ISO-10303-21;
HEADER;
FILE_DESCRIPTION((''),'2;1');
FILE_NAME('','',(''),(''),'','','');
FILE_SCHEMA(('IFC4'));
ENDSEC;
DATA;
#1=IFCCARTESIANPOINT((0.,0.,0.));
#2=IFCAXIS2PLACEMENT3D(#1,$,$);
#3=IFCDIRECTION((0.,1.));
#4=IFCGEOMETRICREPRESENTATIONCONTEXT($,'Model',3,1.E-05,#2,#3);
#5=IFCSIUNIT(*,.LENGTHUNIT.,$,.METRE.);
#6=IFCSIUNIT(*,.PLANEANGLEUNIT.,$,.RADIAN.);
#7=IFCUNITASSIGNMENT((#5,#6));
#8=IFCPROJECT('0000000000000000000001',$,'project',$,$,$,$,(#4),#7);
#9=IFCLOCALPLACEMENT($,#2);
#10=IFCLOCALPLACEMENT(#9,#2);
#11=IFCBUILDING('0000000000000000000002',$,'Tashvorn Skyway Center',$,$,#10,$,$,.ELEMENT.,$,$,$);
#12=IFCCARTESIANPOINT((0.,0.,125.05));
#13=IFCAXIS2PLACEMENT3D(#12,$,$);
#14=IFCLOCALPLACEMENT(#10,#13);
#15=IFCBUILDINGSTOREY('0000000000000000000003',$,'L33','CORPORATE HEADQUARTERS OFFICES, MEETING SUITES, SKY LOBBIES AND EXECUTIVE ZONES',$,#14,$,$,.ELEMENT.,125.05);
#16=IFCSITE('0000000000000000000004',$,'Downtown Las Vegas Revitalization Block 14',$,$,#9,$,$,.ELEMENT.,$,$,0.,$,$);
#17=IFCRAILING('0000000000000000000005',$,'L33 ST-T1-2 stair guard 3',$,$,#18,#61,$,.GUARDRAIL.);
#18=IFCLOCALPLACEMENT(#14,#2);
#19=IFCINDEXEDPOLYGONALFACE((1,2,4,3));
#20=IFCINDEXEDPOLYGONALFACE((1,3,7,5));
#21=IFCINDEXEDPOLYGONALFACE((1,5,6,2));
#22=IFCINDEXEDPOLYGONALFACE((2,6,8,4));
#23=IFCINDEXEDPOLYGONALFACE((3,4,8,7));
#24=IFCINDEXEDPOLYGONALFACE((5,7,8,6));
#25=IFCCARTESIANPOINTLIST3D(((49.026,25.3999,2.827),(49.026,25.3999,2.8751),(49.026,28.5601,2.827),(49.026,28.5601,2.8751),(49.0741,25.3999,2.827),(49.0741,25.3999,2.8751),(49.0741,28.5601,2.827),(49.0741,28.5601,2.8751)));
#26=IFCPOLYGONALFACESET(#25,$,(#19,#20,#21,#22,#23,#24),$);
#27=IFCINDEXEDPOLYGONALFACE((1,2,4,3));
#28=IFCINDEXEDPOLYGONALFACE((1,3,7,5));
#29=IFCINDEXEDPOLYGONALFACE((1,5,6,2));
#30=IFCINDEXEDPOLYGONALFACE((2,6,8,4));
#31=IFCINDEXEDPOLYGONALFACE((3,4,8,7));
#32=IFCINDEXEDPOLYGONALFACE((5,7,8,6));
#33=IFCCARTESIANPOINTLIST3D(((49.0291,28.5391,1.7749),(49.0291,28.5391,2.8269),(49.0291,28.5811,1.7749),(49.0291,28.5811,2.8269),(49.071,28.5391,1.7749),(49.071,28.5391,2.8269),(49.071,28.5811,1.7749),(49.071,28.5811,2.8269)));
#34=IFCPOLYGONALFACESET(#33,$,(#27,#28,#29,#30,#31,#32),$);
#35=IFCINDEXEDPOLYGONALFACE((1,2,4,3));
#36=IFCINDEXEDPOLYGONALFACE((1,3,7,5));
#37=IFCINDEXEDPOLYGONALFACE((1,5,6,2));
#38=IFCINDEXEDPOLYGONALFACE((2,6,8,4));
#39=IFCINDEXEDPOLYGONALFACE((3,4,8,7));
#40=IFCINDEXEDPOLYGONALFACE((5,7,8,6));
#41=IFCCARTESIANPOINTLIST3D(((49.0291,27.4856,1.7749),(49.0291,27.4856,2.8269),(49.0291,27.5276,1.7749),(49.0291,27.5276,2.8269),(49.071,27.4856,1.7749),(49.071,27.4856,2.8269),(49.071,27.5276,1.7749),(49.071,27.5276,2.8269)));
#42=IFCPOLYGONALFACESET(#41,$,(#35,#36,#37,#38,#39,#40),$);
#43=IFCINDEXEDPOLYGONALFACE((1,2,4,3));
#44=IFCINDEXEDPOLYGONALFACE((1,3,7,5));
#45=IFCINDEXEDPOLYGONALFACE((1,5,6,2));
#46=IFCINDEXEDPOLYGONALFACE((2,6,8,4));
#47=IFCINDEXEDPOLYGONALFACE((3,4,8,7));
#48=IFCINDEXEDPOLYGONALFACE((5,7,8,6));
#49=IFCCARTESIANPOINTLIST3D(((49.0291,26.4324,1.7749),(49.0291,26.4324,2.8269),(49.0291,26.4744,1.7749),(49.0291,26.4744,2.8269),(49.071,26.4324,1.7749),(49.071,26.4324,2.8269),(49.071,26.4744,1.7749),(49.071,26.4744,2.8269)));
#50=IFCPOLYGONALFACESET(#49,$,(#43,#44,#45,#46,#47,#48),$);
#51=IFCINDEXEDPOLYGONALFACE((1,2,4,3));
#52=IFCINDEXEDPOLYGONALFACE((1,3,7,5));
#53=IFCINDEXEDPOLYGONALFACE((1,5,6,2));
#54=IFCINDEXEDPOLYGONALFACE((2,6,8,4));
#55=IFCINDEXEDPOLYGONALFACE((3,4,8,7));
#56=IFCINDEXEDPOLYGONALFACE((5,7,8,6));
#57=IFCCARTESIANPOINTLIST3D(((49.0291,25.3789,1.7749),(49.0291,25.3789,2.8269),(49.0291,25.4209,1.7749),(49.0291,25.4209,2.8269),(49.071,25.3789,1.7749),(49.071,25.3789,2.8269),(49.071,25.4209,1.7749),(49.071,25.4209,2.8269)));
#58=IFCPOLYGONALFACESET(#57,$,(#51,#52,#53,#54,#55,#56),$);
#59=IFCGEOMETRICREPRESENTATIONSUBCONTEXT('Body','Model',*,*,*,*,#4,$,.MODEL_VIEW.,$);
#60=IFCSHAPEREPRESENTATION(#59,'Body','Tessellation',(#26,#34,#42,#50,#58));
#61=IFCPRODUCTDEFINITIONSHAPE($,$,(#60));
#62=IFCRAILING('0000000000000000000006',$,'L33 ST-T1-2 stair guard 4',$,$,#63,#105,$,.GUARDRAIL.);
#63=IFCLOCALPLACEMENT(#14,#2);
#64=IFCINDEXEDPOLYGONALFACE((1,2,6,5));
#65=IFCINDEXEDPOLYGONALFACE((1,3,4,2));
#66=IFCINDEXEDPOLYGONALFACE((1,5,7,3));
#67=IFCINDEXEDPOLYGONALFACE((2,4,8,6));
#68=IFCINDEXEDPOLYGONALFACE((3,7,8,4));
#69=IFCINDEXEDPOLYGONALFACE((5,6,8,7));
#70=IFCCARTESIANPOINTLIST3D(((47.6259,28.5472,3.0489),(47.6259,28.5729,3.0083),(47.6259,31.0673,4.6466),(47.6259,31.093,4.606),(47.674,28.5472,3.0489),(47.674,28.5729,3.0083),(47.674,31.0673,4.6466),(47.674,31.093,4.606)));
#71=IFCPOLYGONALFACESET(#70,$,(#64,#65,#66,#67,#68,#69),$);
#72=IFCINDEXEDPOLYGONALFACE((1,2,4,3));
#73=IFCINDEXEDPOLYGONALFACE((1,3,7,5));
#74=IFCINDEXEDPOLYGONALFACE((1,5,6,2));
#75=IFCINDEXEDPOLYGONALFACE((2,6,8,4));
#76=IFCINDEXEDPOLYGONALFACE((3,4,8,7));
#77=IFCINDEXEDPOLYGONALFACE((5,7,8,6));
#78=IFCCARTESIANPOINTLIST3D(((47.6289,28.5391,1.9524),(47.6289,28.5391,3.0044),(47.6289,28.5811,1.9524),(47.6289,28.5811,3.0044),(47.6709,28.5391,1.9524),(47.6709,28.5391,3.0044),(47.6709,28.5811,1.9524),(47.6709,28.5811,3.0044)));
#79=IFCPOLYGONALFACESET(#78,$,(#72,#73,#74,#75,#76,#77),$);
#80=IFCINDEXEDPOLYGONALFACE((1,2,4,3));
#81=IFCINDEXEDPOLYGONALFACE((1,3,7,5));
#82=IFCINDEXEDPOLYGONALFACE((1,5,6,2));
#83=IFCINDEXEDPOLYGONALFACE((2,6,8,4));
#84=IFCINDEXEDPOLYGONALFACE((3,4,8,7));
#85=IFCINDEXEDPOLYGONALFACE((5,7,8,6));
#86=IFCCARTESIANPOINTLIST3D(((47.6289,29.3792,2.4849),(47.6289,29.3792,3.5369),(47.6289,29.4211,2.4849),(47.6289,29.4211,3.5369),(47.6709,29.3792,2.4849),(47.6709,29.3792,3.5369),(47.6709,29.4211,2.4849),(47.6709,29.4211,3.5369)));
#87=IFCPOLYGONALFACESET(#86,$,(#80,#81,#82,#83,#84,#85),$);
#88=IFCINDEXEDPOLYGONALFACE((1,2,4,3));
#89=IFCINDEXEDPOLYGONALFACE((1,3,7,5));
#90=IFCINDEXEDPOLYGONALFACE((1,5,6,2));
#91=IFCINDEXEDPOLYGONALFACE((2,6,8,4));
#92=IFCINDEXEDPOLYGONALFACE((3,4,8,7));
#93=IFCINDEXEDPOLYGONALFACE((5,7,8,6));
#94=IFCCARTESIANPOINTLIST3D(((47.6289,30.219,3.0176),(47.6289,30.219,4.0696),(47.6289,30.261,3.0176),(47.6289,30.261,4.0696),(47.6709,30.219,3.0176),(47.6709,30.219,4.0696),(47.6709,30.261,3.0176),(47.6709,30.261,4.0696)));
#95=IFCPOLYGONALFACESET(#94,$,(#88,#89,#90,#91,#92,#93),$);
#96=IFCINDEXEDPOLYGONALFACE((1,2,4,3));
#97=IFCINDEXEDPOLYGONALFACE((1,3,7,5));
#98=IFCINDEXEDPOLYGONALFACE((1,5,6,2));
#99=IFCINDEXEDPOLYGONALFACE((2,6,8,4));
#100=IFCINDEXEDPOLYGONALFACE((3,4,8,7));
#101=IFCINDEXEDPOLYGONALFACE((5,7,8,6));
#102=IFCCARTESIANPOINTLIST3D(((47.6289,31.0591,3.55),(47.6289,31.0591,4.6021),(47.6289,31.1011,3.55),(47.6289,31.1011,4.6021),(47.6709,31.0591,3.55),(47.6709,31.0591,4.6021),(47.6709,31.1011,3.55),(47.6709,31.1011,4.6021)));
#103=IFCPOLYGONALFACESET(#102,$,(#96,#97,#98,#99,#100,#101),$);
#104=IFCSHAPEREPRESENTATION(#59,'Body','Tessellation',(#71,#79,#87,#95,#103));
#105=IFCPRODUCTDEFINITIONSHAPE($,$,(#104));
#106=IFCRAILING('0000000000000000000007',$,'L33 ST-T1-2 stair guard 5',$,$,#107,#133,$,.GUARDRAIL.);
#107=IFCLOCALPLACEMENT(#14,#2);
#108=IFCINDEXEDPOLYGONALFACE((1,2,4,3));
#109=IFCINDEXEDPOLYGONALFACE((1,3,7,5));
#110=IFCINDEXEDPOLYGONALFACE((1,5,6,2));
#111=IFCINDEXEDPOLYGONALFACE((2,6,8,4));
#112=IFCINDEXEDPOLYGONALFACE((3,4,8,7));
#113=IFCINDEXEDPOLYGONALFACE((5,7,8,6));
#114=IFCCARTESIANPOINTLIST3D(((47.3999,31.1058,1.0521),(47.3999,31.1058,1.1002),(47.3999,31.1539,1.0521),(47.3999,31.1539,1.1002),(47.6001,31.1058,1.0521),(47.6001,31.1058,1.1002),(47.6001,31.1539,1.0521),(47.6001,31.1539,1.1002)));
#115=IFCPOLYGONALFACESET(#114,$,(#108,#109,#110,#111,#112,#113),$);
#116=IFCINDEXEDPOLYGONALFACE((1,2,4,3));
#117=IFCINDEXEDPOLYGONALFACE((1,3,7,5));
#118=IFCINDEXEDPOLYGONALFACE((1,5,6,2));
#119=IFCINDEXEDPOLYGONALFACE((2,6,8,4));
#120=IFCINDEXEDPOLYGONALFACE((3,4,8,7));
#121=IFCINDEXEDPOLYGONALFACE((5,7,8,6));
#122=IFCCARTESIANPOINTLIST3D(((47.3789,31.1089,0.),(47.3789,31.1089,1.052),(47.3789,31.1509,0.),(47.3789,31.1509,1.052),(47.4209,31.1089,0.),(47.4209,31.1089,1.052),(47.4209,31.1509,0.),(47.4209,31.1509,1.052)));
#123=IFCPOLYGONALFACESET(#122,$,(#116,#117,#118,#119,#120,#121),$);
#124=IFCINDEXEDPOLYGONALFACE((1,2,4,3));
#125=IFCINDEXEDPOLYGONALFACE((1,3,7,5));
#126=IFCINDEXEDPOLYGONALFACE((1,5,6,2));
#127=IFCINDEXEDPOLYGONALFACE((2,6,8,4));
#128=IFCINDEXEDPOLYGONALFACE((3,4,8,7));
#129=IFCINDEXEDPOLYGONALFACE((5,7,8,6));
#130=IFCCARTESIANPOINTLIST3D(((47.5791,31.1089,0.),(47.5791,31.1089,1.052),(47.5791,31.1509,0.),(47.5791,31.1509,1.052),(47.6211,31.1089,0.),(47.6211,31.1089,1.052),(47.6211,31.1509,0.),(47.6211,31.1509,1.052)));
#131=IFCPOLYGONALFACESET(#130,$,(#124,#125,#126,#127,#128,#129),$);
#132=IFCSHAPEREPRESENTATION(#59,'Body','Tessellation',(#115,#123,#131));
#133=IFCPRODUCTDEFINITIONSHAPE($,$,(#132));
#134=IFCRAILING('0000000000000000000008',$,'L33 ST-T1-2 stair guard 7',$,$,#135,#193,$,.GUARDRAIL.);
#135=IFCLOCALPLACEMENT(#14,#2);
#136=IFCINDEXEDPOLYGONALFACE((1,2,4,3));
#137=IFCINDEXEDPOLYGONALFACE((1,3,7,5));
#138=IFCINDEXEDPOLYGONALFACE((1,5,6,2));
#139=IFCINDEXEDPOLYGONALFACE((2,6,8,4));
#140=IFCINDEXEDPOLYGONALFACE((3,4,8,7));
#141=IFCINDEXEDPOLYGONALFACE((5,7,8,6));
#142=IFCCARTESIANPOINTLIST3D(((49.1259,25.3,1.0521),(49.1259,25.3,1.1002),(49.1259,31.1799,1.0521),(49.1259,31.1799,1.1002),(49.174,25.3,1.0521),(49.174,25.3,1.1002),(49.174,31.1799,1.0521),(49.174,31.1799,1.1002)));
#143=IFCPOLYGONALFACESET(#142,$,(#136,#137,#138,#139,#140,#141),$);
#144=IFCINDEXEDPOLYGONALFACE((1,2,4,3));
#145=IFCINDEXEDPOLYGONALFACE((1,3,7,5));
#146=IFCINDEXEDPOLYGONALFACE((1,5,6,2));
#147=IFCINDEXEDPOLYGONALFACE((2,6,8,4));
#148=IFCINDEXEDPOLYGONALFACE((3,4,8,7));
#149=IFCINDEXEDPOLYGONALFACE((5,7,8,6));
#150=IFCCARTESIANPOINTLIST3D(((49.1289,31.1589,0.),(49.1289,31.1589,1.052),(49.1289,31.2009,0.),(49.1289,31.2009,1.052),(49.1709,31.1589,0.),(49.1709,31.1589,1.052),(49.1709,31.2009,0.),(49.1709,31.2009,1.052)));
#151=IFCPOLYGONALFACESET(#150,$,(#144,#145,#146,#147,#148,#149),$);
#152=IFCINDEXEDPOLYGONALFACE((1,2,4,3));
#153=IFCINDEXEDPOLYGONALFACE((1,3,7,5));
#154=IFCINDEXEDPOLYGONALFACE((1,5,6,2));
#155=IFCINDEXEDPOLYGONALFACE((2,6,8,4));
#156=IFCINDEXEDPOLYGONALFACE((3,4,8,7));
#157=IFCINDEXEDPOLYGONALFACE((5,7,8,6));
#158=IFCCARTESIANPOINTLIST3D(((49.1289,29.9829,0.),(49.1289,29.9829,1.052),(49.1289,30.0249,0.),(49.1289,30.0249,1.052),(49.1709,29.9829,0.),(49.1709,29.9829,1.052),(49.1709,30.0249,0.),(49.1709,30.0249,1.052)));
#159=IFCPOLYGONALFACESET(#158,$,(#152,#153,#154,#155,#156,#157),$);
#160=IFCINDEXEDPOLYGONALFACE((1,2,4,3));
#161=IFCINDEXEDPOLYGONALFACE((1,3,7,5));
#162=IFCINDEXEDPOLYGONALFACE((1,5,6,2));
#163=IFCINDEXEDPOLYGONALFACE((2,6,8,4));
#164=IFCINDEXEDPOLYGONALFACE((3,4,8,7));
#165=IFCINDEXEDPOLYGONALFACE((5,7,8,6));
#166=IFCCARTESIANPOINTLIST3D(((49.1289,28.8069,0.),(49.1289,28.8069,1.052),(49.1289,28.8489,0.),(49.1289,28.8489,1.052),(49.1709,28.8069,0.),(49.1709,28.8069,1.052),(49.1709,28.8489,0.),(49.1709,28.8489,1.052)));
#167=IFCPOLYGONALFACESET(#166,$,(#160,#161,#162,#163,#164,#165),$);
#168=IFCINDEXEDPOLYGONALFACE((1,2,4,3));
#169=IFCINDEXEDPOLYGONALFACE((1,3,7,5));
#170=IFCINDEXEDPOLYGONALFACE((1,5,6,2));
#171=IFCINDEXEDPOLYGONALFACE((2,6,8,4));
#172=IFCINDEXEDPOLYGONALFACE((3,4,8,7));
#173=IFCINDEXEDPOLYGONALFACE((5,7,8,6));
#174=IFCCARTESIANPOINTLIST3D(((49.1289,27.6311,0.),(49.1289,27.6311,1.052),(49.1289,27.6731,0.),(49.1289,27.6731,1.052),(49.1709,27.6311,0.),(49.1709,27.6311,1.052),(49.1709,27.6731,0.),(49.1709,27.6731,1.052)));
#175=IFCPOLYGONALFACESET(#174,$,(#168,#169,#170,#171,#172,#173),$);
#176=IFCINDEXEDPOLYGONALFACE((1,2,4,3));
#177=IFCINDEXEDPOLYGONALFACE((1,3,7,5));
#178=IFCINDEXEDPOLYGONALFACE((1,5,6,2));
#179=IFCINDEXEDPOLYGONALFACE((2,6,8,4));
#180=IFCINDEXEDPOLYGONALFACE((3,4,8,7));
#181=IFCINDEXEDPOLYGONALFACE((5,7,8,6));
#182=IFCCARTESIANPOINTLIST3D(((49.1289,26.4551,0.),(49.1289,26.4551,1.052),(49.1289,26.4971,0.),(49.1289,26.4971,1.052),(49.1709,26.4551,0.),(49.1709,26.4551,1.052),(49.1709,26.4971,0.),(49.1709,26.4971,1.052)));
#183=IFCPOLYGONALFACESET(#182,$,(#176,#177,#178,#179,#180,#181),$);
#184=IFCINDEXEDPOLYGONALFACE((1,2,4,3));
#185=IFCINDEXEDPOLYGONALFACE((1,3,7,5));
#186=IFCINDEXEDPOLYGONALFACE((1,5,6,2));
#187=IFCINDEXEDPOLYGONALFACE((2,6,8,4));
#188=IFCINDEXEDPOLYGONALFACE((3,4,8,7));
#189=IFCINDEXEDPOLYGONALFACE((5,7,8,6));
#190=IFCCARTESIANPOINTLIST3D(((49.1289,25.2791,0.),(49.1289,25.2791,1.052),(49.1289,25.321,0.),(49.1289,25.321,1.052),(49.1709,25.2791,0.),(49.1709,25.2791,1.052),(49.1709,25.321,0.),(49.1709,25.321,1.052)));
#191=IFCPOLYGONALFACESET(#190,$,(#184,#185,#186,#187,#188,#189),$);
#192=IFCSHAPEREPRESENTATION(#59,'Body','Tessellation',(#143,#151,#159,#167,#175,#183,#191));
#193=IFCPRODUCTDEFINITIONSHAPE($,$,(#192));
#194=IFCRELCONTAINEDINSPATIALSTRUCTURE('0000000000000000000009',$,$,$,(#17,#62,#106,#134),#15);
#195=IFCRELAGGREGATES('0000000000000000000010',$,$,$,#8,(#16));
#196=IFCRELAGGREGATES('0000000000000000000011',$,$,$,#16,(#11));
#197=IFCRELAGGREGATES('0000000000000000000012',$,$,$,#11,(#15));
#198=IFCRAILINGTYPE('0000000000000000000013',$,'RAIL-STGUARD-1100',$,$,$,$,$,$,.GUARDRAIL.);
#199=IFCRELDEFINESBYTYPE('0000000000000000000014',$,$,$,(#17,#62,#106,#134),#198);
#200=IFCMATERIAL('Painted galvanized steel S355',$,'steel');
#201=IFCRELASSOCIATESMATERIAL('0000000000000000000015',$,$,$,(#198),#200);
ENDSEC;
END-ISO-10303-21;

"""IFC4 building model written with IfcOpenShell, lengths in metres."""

from ifc_helpers import new_model, si_unit, direction, frame, origin, origin_2d, place, context, subcontext, project, spatial, rectangle, extrude, material, type_object, element, save


model = new_model("IFC4")

# Units and contexts
model_context = context("Model", 3, precision=1e-05, world=origin(), true_north=direction((0.0, 1.0)))
body_context = subcontext(model_context, "Body", "Model", "MODEL_VIEW")
ifc_project = project(units=[si_unit("LENGTHUNIT", "METRE"), si_unit("PLANEANGLEUNIT", "RADIAN")], contexts=[model_context])

# Site, building, storey
site_placement = place(None, origin())
site = spatial("IfcSite", under=ifc_project, at=site_placement, Name="Downtown Las Vegas Revitalization Block 14", CompositionType="ELEMENT", RefElevation=0.0)
building_placement = place(site_placement, origin())
building = spatial("IfcBuilding", under=site, at=building_placement, Name="Tashvorn Skyway Center", CompositionType="ELEMENT")
storey_placement = place(building_placement, frame((0.0, 0.0, 125.05)))
storey = spatial("IfcBuildingStorey", under=building, at=storey_placement, Name="L33", Description="CORPORATE HEADQUARTERS OFFICES, MEETING SUITES, SKY LOBBIES AND EXECUTIVE ZONES", CompositionType="ELEMENT", Elevation=125.05)

# Railings
ifc_material_1 = material(Name="Painted galvanized steel S355", Category="steel")
railing_type_1 = type_object("IfcRailingType", Name="RAIL-STGUARD-1100", PredefinedType="GUARDRAIL", material=ifc_material_1)
railing_1_placement = place(storey_placement, frame((49.05, 28.5601, 1.7749)))
element("IfcRailing", 1, at=railing_1_placement, inside=storey, type_object=railing_type_1, Name="L33 ST-T1-2 stair guard 3", PredefinedType="GUARDRAIL", context=body_context, shape_type="SweptSolid", body=[
    extrude(rectangle(XDim=0.0481, YDim=0.0481, at=origin_2d()), frame((0.0, 0.0, 1.0762), z_axis=(0.0, -1.0, 0.0), x_axis=(1.0, 0.0, 0.0)), (0.0, 0.0, 1.0), 3.1602),
    extrude(rectangle(XDim=0.042, YDim=0.042, at=origin_2d()), origin(), (0.0, 0.0, 1.0), 1.052),
    extrude(rectangle(XDim=0.042, YDim=0.042, at=origin_2d()), frame((0.0, -1.0535, 0.0)), (0.0, 0.0, 1.0), 1.052),
    extrude(rectangle(XDim=0.042, YDim=0.042, at=origin_2d()), frame((0.0, -2.1067, 0.0)), (0.0, 0.0, 1.0), 1.052),
    extrude(rectangle(XDim=0.042, YDim=0.042, at=origin_2d()), frame((0.0, -3.1602, 0.0)), (0.0, 0.0, 1.0), 1.052),
])
railing_2_placement = place(storey_placement, frame((47.6499, 28.5601, 1.9524)))
element("IfcRailing", 2, at=railing_2_placement, inside=storey, type_object=railing_type_1, Name="L33 ST-T1-2 stair guard 4", PredefinedType="GUARDRAIL", context=body_context, shape_type="SweptSolid", body=[
    extrude(rectangle(XDim=0.0481, YDim=0.0481, at=origin_2d()), frame((0.0, 0.0, 1.0762), z_axis=(0.0, 0.84457, 0.535445), x_axis=(-1.0, 0.0, 0.0)), (0.0, 0.0, 1.0), 2.9839),
    extrude(rectangle(XDim=0.042, YDim=0.042, at=origin_2d()), origin(), (0.0, 0.0, 1.0), 1.052),
    extrude(rectangle(XDim=0.042, YDim=0.042, at=origin_2d()), frame((0.0, 0.8401, 0.5325)), (0.0, 0.0, 1.0), 1.052),
    extrude(rectangle(XDim=0.042, YDim=0.042, at=origin_2d()), frame((0.0, 1.6799, 1.0652)), (0.0, 0.0, 1.0), 1.052),
    extrude(rectangle(XDim=0.042, YDim=0.042, at=origin_2d()), frame((0.0, 2.52, 1.5977)), (0.0, 0.0, 1.0), 1.052),
])
railing_3_placement = place(storey_placement, frame((47.3999, 31.1299, 0.0)))
element("IfcRailing", 3, at=railing_3_placement, inside=storey, type_object=railing_type_1, Name="L33 ST-T1-2 stair guard 5", PredefinedType="GUARDRAIL", context=body_context, shape_type="SweptSolid", body=[
    extrude(rectangle(XDim=0.0481, YDim=0.0481, at=origin_2d()), frame((0.0, 0.0, 1.0762), z_axis=(1.0, 0.0, 0.0), x_axis=(0.0, 1.0, 0.0)), (0.0, 0.0, 1.0), 0.2002),
    extrude(rectangle(XDim=0.042, YDim=0.042, at=origin_2d()), origin(), (0.0, 0.0, 1.0), 1.052),
    extrude(rectangle(XDim=0.042, YDim=0.042, at=origin_2d()), frame((0.2002, 0.0, 0.0)), (0.0, 0.0, 1.0), 1.052),
])
railing_4_placement = place(storey_placement, frame((49.1499, 31.1799, 0.0)))
element("IfcRailing", 4, at=railing_4_placement, inside=storey, type_object=railing_type_1, Name="L33 ST-T1-2 stair guard 7", PredefinedType="GUARDRAIL", context=body_context, shape_type="SweptSolid", body=[
    extrude(rectangle(XDim=0.0481, YDim=0.0481, at=origin_2d()), frame((0.0, 0.0, 1.0762), z_axis=(0.0, -1.0, 0.0), x_axis=(1.0, 0.0, 0.0)), (0.0, 0.0, 1.0), 5.8799),
    extrude(rectangle(XDim=0.042, YDim=0.042, at=origin_2d()), origin(), (0.0, 0.0, 1.0), 1.052),
    extrude(rectangle(XDim=0.042, YDim=0.042, at=origin_2d()), frame((0.0, -1.176, 0.0)), (0.0, 0.0, 1.0), 1.052),
    extrude(rectangle(XDim=0.042, YDim=0.042, at=origin_2d()), frame((0.0, -2.3521, 0.0)), (0.0, 0.0, 1.0), 1.052),
    extrude(rectangle(XDim=0.042, YDim=0.042, at=origin_2d()), frame((0.0, -3.5278, 0.0)), (0.0, 0.0, 1.0), 1.052),
    extrude(rectangle(XDim=0.042, YDim=0.042, at=origin_2d()), frame((0.0, -4.7039, 0.0)), (0.0, 0.0, 1.0), 1.052),
    extrude(rectangle(XDim=0.042, YDim=0.042, at=origin_2d()), frame((0.0, -5.8799, 0.0)), (0.0, 0.0, 1.0), 1.052),
])

save(model, "model.ifc")
